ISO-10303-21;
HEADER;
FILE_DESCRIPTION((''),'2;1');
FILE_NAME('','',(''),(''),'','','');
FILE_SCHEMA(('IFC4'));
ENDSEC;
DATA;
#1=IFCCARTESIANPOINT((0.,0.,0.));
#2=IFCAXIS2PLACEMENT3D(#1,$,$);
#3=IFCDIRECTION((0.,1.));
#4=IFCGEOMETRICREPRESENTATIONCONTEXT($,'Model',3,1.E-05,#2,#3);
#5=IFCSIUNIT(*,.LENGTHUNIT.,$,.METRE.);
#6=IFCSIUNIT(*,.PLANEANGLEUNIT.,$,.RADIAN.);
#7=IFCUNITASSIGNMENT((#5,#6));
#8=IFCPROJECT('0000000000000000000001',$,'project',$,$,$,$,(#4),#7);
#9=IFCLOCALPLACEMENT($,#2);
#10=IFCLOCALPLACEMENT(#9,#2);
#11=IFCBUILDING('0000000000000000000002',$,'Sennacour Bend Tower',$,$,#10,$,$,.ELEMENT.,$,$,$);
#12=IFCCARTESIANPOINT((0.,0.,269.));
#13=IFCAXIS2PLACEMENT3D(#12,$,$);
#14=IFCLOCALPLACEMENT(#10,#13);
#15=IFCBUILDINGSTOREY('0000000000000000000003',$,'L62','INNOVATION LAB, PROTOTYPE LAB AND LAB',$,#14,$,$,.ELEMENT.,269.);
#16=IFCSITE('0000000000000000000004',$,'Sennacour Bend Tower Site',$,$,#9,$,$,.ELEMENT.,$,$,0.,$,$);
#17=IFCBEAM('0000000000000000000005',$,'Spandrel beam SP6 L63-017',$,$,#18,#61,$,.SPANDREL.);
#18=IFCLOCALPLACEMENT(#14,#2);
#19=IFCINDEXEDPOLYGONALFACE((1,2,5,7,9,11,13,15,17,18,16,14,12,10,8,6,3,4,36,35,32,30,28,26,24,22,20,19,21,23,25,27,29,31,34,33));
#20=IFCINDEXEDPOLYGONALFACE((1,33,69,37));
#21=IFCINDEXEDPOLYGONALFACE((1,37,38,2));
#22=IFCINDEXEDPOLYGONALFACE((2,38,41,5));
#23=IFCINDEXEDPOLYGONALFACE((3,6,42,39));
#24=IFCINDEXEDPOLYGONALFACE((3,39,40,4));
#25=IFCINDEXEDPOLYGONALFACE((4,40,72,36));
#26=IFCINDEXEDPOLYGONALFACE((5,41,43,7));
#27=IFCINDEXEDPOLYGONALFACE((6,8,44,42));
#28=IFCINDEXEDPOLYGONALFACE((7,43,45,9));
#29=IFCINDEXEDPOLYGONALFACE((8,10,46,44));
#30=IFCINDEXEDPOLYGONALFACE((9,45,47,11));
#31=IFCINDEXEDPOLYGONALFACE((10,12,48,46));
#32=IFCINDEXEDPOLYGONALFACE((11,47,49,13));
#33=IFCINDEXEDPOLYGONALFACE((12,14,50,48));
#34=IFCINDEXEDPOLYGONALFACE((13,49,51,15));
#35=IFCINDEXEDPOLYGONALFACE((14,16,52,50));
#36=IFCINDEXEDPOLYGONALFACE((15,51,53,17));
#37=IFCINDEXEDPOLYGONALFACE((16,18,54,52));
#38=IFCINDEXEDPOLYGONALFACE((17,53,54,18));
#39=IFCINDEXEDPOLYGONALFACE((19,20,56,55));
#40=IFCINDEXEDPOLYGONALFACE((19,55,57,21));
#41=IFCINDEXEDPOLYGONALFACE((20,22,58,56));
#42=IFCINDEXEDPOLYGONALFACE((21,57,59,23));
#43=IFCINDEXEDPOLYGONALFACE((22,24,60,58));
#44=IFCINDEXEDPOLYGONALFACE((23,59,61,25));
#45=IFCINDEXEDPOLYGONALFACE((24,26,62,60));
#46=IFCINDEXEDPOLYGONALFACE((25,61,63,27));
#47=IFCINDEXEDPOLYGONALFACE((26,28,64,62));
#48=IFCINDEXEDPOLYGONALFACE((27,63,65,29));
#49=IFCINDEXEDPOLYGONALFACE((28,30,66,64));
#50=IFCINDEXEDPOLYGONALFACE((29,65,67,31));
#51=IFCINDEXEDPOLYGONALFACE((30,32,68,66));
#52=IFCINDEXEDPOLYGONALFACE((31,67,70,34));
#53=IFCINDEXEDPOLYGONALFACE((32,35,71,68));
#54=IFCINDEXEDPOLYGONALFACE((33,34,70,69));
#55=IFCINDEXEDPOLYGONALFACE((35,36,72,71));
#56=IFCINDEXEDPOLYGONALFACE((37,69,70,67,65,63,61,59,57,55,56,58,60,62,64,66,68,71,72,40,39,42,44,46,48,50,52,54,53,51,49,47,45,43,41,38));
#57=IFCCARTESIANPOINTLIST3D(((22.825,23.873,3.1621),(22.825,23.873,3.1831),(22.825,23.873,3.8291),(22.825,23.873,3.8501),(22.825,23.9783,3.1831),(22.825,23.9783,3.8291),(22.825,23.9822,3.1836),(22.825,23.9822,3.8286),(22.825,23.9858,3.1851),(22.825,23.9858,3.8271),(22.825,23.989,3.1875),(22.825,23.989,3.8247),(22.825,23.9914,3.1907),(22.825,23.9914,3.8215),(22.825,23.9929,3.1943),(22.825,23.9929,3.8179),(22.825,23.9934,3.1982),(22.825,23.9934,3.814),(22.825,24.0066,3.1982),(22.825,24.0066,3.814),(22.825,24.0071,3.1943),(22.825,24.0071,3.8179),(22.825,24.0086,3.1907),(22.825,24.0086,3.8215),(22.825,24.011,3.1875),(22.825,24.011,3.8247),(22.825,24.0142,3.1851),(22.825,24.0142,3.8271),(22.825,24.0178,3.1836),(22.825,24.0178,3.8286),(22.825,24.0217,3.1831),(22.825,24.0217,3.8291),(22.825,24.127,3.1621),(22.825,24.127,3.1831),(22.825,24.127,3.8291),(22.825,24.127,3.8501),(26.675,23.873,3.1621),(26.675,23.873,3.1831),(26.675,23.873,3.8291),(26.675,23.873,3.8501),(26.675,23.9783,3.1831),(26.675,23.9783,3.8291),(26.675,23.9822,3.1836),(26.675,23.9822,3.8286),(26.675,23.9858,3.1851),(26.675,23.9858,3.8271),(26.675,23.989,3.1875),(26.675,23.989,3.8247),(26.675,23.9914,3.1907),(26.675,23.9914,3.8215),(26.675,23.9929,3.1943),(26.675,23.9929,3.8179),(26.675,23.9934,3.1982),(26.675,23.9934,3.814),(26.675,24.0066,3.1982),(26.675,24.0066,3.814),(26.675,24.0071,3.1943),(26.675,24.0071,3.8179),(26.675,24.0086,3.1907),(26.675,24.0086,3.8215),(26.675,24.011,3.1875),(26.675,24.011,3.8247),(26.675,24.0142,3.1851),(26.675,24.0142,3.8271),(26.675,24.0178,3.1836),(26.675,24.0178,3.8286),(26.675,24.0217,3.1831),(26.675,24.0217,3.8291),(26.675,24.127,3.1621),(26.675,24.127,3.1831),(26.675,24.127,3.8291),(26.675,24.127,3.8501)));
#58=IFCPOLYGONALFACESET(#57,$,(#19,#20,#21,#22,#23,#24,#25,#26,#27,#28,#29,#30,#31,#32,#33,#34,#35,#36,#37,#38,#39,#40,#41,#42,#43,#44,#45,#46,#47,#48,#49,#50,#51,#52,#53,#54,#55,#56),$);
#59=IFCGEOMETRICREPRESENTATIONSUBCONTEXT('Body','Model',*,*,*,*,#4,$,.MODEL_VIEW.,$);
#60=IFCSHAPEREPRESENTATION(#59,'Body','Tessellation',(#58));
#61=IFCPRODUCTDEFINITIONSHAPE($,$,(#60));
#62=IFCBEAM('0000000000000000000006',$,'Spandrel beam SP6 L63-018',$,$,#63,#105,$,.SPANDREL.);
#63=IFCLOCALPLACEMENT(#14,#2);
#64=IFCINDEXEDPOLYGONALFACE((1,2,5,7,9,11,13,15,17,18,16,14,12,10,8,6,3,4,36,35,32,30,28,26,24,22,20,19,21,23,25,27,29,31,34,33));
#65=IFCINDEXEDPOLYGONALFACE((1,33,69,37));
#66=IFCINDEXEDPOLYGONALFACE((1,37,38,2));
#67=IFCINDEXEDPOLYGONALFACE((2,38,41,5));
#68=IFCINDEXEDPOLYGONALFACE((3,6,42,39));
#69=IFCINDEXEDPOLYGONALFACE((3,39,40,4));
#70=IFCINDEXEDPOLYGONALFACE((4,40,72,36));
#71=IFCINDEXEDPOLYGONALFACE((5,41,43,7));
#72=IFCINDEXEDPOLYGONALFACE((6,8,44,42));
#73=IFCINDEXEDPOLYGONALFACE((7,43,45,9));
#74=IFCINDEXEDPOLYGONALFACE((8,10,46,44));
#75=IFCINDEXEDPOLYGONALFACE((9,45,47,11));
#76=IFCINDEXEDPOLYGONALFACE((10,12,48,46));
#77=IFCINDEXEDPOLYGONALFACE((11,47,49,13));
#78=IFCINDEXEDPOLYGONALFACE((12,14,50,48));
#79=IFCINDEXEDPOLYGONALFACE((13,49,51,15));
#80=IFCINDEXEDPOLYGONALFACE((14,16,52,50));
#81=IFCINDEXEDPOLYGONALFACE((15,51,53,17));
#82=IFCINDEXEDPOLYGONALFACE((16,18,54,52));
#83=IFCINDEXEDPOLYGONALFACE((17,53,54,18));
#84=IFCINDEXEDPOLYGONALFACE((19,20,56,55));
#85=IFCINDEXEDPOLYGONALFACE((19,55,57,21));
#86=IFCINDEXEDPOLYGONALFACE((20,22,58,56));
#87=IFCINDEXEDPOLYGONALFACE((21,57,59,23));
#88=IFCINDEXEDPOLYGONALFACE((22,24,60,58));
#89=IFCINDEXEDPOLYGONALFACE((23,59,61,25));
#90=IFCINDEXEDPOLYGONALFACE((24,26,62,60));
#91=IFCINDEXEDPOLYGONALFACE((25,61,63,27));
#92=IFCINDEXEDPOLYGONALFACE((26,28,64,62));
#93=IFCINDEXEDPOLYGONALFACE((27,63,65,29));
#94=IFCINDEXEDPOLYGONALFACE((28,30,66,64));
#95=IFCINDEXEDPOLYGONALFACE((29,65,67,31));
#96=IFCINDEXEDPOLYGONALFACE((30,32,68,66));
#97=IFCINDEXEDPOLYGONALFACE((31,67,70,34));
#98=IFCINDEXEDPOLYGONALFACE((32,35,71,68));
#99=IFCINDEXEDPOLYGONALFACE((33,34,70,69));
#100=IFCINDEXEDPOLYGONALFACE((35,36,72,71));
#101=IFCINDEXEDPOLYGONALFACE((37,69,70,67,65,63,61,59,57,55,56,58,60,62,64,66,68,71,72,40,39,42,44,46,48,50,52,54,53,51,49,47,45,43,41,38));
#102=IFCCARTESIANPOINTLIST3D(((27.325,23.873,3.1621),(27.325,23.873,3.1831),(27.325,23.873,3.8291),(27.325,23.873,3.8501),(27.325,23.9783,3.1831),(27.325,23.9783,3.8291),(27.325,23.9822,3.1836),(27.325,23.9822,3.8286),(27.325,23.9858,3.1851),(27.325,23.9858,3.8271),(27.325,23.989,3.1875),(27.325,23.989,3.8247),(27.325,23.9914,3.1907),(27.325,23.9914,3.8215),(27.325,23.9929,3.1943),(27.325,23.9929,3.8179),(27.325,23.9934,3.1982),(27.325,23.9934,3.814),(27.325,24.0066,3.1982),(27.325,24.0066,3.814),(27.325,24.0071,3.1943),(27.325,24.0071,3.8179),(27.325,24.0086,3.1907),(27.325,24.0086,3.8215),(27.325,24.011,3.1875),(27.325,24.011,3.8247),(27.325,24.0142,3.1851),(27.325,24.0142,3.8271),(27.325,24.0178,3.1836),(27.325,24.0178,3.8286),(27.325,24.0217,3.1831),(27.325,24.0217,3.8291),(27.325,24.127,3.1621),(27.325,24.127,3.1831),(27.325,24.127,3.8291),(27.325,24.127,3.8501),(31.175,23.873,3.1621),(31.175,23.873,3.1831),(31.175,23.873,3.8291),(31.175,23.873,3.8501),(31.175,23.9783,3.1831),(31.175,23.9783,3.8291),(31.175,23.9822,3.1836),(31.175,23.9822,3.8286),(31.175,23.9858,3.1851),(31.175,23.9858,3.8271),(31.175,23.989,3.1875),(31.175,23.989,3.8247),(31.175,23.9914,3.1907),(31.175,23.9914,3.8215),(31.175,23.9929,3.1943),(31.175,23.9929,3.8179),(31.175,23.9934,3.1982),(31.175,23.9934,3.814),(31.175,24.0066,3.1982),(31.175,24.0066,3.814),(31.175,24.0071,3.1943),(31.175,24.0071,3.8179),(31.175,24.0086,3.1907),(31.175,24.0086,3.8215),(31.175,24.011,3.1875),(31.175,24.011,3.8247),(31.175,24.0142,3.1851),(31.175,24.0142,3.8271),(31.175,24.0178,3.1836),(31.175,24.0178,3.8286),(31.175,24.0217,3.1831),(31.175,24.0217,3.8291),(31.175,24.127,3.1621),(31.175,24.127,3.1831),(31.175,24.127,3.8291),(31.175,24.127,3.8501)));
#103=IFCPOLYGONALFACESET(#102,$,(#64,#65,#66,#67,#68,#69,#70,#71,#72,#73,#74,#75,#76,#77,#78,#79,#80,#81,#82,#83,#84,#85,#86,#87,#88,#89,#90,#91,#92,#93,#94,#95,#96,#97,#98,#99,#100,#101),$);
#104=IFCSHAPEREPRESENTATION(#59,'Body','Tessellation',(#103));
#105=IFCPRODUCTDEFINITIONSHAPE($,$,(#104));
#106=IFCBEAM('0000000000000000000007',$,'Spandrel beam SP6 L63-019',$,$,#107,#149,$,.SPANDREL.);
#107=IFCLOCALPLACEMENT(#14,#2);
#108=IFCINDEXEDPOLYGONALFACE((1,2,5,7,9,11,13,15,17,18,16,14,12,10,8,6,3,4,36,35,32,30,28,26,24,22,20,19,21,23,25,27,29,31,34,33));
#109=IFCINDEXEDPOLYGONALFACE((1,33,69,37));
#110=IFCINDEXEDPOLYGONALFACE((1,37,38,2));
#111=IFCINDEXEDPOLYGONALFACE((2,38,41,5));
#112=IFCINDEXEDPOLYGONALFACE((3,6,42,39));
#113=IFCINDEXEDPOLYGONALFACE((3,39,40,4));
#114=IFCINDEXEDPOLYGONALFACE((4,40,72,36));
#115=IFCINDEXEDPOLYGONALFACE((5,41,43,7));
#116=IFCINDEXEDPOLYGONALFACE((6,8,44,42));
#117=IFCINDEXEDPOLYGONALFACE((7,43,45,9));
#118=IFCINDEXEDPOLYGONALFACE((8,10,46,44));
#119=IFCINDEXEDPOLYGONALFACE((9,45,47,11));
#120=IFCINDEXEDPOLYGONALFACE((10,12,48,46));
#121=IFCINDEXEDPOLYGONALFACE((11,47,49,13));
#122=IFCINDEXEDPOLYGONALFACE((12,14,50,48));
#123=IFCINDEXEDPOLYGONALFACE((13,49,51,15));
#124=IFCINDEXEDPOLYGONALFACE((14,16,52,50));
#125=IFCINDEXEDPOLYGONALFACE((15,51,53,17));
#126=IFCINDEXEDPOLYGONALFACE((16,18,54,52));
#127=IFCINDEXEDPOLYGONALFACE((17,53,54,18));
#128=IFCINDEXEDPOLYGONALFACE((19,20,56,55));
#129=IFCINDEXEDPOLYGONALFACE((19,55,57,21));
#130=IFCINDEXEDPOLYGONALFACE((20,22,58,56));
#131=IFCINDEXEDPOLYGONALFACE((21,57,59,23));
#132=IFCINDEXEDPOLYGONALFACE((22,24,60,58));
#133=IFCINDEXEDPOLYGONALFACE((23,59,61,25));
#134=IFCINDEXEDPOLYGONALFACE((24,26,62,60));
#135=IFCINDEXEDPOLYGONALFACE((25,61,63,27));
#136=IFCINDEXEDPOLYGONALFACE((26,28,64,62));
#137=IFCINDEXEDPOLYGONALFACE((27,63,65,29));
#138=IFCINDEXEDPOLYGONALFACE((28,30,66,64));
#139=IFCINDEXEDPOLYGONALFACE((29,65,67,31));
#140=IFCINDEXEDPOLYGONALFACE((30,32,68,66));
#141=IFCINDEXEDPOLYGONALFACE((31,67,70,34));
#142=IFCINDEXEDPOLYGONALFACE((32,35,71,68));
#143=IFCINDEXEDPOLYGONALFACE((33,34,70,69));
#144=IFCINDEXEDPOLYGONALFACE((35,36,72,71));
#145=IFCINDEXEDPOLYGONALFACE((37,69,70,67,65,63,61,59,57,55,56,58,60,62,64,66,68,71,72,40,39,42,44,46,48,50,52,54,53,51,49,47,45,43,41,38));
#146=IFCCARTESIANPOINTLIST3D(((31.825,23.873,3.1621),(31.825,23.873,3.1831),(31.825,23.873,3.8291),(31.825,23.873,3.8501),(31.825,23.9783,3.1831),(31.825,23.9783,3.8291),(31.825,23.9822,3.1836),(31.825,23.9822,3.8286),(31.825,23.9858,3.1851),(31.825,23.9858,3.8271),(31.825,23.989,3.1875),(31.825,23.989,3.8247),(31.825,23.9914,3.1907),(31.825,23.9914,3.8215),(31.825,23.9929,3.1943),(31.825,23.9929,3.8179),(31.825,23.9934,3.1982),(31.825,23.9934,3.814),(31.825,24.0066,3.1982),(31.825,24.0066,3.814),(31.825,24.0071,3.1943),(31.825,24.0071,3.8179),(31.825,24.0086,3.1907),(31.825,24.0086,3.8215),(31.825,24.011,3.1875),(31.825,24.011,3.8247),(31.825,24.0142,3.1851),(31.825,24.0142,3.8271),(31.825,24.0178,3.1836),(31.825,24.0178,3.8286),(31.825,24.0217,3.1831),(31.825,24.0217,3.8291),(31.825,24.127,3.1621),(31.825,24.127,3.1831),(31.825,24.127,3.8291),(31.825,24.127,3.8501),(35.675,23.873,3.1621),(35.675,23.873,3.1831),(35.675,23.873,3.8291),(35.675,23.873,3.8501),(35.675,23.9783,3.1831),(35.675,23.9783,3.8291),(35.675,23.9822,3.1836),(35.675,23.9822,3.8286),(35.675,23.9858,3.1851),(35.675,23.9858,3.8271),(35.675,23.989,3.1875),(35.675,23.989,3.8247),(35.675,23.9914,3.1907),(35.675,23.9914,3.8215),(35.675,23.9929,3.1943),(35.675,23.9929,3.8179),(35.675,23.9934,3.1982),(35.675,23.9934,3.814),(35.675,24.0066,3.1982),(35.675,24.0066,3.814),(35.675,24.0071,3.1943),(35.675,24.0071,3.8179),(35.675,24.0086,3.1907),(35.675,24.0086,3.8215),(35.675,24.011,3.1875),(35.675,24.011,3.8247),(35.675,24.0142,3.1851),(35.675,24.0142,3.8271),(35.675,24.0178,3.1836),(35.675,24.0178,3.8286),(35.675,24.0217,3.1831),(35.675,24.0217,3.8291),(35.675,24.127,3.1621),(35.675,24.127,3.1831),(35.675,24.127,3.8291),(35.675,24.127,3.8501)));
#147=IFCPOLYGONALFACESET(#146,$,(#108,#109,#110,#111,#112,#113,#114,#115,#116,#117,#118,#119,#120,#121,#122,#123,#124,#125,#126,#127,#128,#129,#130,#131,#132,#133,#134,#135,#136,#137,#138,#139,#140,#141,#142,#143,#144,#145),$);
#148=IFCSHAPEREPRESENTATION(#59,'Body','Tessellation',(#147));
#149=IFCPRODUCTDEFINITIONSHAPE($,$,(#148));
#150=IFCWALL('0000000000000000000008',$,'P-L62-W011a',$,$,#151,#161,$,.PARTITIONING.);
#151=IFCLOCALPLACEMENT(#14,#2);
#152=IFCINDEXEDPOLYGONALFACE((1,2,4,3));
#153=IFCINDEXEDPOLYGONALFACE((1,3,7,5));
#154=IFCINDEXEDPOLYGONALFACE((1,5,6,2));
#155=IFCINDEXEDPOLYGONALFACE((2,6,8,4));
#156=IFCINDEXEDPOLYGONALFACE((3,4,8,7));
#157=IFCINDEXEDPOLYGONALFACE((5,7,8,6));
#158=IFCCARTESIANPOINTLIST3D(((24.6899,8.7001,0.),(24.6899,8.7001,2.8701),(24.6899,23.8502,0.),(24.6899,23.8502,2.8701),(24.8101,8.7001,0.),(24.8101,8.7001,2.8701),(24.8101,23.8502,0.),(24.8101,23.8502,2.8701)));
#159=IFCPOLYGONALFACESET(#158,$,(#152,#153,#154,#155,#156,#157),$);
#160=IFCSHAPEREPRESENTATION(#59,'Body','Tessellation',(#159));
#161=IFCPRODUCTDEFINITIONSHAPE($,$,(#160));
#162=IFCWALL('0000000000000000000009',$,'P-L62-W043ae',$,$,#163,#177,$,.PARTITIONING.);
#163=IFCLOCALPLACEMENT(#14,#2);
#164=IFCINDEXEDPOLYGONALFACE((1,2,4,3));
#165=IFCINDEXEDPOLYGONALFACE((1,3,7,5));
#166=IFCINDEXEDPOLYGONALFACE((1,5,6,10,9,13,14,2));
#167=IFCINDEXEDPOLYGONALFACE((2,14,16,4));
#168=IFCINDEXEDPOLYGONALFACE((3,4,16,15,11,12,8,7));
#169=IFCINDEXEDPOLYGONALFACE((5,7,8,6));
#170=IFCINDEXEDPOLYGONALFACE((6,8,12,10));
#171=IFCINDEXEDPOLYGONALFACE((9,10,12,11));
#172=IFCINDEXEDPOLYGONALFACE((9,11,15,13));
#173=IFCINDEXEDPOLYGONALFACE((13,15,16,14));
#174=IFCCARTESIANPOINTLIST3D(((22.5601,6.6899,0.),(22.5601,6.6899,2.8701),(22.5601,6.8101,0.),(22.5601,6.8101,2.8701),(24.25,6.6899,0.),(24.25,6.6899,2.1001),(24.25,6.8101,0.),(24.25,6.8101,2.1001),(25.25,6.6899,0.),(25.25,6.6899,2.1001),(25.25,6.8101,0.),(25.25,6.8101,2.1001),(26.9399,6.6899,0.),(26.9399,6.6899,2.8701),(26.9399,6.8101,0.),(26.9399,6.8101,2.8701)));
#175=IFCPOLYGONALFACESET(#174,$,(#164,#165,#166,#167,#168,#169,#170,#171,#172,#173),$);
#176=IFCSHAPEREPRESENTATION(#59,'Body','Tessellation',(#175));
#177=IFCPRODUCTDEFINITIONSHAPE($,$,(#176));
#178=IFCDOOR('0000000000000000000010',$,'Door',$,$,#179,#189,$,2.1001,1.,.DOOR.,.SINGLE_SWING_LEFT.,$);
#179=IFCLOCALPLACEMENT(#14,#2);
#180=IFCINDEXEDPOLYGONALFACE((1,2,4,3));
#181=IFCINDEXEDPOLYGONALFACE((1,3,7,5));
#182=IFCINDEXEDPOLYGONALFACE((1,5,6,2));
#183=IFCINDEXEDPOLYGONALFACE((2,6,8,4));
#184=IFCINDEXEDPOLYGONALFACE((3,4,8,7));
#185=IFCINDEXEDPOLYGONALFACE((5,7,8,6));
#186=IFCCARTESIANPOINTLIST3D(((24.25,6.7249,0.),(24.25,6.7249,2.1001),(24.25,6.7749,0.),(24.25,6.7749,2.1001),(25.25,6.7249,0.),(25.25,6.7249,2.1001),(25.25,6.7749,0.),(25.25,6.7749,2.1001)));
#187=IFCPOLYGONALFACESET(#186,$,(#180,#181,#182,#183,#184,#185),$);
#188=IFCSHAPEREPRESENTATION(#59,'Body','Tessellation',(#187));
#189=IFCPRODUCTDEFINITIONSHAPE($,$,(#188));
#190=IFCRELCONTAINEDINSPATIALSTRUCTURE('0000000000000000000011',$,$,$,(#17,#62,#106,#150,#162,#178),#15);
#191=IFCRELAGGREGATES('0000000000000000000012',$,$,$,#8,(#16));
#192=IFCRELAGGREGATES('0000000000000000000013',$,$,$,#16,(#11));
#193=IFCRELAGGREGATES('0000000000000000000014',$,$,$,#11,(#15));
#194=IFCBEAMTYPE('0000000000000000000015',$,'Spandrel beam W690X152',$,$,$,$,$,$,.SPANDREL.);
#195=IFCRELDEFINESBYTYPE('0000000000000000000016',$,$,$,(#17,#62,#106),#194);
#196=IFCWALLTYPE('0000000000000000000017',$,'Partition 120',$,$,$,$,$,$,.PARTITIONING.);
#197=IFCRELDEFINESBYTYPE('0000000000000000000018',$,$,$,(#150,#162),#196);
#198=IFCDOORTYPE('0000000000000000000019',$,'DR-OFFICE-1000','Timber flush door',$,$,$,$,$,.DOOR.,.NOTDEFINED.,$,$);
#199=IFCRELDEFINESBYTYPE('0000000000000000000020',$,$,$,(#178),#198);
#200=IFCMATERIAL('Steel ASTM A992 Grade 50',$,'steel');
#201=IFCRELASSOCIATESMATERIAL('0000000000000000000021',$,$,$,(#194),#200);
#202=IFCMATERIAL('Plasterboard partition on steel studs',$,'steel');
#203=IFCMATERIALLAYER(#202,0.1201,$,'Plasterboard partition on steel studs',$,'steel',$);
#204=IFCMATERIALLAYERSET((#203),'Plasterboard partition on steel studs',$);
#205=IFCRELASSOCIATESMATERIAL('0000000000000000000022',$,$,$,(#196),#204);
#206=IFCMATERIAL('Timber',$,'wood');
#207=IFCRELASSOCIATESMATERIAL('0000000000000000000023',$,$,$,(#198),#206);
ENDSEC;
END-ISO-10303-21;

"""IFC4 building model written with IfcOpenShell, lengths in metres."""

from ifc_helpers import new_model, si_unit, direction, frame, frame_2d, origin, origin_2d, place, context, subcontext, project, spatial, rectangle, i_section, extrude, material, layer, layer_set, material_profile, profile_set, type_object, element, fill, save


model = new_model("IFC4")

# Units and contexts
model_context = context("Model", 3, precision=1e-05, world=origin(), true_north=direction((0.0, 1.0)))
body_context = subcontext(model_context, "Body", "Model", "MODEL_VIEW")
ifc_project = project(units=[si_unit("LENGTHUNIT", "METRE"), si_unit("PLANEANGLEUNIT", "RADIAN")], contexts=[model_context])

# Site, building, storey
site_placement = place(None, origin())
site = spatial("IfcSite", under=ifc_project, at=site_placement, Name="Sennacour Bend Tower Site", CompositionType="ELEMENT", RefElevation=0.0)
building_placement = place(site_placement, origin())
building = spatial("IfcBuilding", under=site, at=building_placement, Name="Sennacour Bend Tower", CompositionType="ELEMENT")
storey_placement = place(building_placement, frame((0.0, 0.0, 269.0)))
storey = spatial("IfcBuildingStorey", under=building, at=storey_placement, Name="L62", Description="INNOVATION LAB, PROTOTYPE LAB AND LAB", CompositionType="ELEMENT", Elevation=269.0)

# Beams
ifc_material_1 = material(Name="Steel ASTM A992 Grade 50", Category="steel")
ifc_material_profile_1 = material_profile(ifc_material_1, i_section(OverallWidth=0.2539, OverallDepth=0.688, WebThickness=0.0132, FlangeThickness=0.021, FilletRadius=0.0151, at=origin_2d()), Name="Steel ASTM A992 Grade 50", Category="steel")
ifc_profile_set_1 = profile_set([ifc_material_profile_1], Name="Steel ASTM A992 Grade 50")
beam_type_1 = type_object("IfcBeamType", Name="Spandrel beam W690X152", PredefinedType="SPANDREL", material=ifc_profile_set_1)
for number, where, z_axis, x_axis, name in (
    (1, (22.825, 24.0, 3.5061), (1.0, 0.0, 0.0), (0.0, 1.0, 0.0), "Spandrel beam SP6 L63-017"),
    (2, (27.325, 24.0, 3.5061), (1.0, 0.0, 0.0), (0.0, 1.0, 0.0), "Spandrel beam SP6 L63-018"),
    (3, (31.825, 24.0, 3.5061), (1.0, 0.0, 0.0), (0.0, 1.0, 0.0), "Spandrel beam SP6 L63-019"),
):
    element("IfcBeam", number, at=place(storey_placement, frame(where, z_axis=z_axis, x_axis=x_axis)), inside=storey, type_object=beam_type_1, Name=name, PredefinedType="SPANDREL", context=body_context, shape_type="SweptSolid", body=[
        extrude(i_section(OverallWidth=0.2539, OverallDepth=0.688, WebThickness=0.0132, FlangeThickness=0.021, FilletRadius=0.0151, at=origin_2d()), origin(), (0.0, 0.0, 1.0), 3.8501),
    ])

# Wall
ifc_material_2 = material(Name="Plasterboard partition on steel studs", Category="steel")
ifc_layer_1 = layer(ifc_material_2, 0.1201, Name="Plasterboard partition on steel studs", Category="steel")
ifc_layer_set_1 = layer_set([ifc_layer_1], Name="Plasterboard partition on steel studs")
wall_type_1 = type_object("IfcWallType", Name="Partition 120", PredefinedType="PARTITIONING", material=ifc_layer_set_1)
wall_1_placement = place(storey_placement, frame((24.75, 8.7, 0.0), z_axis=(0.0, 0.0, 1.0), x_axis=(0.0, 1.0, 0.0)))
element("IfcWall", 4, at=wall_1_placement, inside=storey, type_object=wall_type_1, Name="P-L62-W011a", PredefinedType="PARTITIONING", context=body_context, shape_type="SweptSolid", body=[
    extrude(rectangle(XDim=15.1501, YDim=0.1201, at=frame_2d((7.5752, 0.0))), origin(), (0.0, 0.0, 1.0), 2.8701),
])

# Wall, opening, door
wall_2_placement = place(storey_placement, frame((22.5601, 6.75, 0.0), z_axis=(0.0, 0.0, 1.0), x_axis=(1.0, 0.0, 0.0)))
wall_2 = element("IfcWall", 5, at=wall_2_placement, inside=storey, type_object=wall_type_1, Name="P-L62-W043ae", PredefinedType="PARTITIONING", context=body_context, shape_type="SweptSolid", body=[
    extrude(rectangle(XDim=4.3799, YDim=0.1201, at=frame_2d((2.1899, 0.0))), origin(), (0.0, 0.0, 1.0), 2.8701),
])
opening_1_placement = place(wall_2_placement, frame((1.6899, 0.0, 0.0)))
opening_1 = element("IfcOpeningElement", 6, at=opening_1_placement, cuts=wall_2, PredefinedType="OPENING", context=body_context, shape_type="SweptSolid", body=[
    extrude(rectangle(XDim=1.0, YDim=2.1001, at=frame_2d((0.5, 1.05))), frame((0.0, 0.0701, 0.0), z_axis=(0.0, -1.0, 0.0), x_axis=(1.0, 0.0, 0.0)), (0.0, 0.0, 1.0), 0.1401),
])
ifc_material_3 = material(Name="Timber", Category="wood")
door_type_1 = type_object("IfcDoorType", Name="DR-OFFICE-1000", Description="Timber flush door", OperationType="NOTDEFINED", PredefinedType="DOOR", material=ifc_material_3)
door_1_placement = place(opening_1_placement, origin())
door_1 = element("IfcDoor", 7, at=door_1_placement, inside=storey, type_object=door_type_1, Name="Door", OperationType="SINGLE_SWING_LEFT", OverallHeight=2.1001, OverallWidth=1.0, PredefinedType="DOOR", context=body_context, shape_type="SweptSolid", body=[
    extrude(rectangle(XDim=1.0, YDim=2.1001, at=frame_2d((0.5, 1.05))), frame((0.0, 0.0249, 0.0), z_axis=(0.0, -1.0, 0.0), x_axis=(1.0, 0.0, 0.0)), (0.0, 0.0, 1.0), 0.05),
])
fill(opening_1, door_1)

save(model, "model.ifc")
